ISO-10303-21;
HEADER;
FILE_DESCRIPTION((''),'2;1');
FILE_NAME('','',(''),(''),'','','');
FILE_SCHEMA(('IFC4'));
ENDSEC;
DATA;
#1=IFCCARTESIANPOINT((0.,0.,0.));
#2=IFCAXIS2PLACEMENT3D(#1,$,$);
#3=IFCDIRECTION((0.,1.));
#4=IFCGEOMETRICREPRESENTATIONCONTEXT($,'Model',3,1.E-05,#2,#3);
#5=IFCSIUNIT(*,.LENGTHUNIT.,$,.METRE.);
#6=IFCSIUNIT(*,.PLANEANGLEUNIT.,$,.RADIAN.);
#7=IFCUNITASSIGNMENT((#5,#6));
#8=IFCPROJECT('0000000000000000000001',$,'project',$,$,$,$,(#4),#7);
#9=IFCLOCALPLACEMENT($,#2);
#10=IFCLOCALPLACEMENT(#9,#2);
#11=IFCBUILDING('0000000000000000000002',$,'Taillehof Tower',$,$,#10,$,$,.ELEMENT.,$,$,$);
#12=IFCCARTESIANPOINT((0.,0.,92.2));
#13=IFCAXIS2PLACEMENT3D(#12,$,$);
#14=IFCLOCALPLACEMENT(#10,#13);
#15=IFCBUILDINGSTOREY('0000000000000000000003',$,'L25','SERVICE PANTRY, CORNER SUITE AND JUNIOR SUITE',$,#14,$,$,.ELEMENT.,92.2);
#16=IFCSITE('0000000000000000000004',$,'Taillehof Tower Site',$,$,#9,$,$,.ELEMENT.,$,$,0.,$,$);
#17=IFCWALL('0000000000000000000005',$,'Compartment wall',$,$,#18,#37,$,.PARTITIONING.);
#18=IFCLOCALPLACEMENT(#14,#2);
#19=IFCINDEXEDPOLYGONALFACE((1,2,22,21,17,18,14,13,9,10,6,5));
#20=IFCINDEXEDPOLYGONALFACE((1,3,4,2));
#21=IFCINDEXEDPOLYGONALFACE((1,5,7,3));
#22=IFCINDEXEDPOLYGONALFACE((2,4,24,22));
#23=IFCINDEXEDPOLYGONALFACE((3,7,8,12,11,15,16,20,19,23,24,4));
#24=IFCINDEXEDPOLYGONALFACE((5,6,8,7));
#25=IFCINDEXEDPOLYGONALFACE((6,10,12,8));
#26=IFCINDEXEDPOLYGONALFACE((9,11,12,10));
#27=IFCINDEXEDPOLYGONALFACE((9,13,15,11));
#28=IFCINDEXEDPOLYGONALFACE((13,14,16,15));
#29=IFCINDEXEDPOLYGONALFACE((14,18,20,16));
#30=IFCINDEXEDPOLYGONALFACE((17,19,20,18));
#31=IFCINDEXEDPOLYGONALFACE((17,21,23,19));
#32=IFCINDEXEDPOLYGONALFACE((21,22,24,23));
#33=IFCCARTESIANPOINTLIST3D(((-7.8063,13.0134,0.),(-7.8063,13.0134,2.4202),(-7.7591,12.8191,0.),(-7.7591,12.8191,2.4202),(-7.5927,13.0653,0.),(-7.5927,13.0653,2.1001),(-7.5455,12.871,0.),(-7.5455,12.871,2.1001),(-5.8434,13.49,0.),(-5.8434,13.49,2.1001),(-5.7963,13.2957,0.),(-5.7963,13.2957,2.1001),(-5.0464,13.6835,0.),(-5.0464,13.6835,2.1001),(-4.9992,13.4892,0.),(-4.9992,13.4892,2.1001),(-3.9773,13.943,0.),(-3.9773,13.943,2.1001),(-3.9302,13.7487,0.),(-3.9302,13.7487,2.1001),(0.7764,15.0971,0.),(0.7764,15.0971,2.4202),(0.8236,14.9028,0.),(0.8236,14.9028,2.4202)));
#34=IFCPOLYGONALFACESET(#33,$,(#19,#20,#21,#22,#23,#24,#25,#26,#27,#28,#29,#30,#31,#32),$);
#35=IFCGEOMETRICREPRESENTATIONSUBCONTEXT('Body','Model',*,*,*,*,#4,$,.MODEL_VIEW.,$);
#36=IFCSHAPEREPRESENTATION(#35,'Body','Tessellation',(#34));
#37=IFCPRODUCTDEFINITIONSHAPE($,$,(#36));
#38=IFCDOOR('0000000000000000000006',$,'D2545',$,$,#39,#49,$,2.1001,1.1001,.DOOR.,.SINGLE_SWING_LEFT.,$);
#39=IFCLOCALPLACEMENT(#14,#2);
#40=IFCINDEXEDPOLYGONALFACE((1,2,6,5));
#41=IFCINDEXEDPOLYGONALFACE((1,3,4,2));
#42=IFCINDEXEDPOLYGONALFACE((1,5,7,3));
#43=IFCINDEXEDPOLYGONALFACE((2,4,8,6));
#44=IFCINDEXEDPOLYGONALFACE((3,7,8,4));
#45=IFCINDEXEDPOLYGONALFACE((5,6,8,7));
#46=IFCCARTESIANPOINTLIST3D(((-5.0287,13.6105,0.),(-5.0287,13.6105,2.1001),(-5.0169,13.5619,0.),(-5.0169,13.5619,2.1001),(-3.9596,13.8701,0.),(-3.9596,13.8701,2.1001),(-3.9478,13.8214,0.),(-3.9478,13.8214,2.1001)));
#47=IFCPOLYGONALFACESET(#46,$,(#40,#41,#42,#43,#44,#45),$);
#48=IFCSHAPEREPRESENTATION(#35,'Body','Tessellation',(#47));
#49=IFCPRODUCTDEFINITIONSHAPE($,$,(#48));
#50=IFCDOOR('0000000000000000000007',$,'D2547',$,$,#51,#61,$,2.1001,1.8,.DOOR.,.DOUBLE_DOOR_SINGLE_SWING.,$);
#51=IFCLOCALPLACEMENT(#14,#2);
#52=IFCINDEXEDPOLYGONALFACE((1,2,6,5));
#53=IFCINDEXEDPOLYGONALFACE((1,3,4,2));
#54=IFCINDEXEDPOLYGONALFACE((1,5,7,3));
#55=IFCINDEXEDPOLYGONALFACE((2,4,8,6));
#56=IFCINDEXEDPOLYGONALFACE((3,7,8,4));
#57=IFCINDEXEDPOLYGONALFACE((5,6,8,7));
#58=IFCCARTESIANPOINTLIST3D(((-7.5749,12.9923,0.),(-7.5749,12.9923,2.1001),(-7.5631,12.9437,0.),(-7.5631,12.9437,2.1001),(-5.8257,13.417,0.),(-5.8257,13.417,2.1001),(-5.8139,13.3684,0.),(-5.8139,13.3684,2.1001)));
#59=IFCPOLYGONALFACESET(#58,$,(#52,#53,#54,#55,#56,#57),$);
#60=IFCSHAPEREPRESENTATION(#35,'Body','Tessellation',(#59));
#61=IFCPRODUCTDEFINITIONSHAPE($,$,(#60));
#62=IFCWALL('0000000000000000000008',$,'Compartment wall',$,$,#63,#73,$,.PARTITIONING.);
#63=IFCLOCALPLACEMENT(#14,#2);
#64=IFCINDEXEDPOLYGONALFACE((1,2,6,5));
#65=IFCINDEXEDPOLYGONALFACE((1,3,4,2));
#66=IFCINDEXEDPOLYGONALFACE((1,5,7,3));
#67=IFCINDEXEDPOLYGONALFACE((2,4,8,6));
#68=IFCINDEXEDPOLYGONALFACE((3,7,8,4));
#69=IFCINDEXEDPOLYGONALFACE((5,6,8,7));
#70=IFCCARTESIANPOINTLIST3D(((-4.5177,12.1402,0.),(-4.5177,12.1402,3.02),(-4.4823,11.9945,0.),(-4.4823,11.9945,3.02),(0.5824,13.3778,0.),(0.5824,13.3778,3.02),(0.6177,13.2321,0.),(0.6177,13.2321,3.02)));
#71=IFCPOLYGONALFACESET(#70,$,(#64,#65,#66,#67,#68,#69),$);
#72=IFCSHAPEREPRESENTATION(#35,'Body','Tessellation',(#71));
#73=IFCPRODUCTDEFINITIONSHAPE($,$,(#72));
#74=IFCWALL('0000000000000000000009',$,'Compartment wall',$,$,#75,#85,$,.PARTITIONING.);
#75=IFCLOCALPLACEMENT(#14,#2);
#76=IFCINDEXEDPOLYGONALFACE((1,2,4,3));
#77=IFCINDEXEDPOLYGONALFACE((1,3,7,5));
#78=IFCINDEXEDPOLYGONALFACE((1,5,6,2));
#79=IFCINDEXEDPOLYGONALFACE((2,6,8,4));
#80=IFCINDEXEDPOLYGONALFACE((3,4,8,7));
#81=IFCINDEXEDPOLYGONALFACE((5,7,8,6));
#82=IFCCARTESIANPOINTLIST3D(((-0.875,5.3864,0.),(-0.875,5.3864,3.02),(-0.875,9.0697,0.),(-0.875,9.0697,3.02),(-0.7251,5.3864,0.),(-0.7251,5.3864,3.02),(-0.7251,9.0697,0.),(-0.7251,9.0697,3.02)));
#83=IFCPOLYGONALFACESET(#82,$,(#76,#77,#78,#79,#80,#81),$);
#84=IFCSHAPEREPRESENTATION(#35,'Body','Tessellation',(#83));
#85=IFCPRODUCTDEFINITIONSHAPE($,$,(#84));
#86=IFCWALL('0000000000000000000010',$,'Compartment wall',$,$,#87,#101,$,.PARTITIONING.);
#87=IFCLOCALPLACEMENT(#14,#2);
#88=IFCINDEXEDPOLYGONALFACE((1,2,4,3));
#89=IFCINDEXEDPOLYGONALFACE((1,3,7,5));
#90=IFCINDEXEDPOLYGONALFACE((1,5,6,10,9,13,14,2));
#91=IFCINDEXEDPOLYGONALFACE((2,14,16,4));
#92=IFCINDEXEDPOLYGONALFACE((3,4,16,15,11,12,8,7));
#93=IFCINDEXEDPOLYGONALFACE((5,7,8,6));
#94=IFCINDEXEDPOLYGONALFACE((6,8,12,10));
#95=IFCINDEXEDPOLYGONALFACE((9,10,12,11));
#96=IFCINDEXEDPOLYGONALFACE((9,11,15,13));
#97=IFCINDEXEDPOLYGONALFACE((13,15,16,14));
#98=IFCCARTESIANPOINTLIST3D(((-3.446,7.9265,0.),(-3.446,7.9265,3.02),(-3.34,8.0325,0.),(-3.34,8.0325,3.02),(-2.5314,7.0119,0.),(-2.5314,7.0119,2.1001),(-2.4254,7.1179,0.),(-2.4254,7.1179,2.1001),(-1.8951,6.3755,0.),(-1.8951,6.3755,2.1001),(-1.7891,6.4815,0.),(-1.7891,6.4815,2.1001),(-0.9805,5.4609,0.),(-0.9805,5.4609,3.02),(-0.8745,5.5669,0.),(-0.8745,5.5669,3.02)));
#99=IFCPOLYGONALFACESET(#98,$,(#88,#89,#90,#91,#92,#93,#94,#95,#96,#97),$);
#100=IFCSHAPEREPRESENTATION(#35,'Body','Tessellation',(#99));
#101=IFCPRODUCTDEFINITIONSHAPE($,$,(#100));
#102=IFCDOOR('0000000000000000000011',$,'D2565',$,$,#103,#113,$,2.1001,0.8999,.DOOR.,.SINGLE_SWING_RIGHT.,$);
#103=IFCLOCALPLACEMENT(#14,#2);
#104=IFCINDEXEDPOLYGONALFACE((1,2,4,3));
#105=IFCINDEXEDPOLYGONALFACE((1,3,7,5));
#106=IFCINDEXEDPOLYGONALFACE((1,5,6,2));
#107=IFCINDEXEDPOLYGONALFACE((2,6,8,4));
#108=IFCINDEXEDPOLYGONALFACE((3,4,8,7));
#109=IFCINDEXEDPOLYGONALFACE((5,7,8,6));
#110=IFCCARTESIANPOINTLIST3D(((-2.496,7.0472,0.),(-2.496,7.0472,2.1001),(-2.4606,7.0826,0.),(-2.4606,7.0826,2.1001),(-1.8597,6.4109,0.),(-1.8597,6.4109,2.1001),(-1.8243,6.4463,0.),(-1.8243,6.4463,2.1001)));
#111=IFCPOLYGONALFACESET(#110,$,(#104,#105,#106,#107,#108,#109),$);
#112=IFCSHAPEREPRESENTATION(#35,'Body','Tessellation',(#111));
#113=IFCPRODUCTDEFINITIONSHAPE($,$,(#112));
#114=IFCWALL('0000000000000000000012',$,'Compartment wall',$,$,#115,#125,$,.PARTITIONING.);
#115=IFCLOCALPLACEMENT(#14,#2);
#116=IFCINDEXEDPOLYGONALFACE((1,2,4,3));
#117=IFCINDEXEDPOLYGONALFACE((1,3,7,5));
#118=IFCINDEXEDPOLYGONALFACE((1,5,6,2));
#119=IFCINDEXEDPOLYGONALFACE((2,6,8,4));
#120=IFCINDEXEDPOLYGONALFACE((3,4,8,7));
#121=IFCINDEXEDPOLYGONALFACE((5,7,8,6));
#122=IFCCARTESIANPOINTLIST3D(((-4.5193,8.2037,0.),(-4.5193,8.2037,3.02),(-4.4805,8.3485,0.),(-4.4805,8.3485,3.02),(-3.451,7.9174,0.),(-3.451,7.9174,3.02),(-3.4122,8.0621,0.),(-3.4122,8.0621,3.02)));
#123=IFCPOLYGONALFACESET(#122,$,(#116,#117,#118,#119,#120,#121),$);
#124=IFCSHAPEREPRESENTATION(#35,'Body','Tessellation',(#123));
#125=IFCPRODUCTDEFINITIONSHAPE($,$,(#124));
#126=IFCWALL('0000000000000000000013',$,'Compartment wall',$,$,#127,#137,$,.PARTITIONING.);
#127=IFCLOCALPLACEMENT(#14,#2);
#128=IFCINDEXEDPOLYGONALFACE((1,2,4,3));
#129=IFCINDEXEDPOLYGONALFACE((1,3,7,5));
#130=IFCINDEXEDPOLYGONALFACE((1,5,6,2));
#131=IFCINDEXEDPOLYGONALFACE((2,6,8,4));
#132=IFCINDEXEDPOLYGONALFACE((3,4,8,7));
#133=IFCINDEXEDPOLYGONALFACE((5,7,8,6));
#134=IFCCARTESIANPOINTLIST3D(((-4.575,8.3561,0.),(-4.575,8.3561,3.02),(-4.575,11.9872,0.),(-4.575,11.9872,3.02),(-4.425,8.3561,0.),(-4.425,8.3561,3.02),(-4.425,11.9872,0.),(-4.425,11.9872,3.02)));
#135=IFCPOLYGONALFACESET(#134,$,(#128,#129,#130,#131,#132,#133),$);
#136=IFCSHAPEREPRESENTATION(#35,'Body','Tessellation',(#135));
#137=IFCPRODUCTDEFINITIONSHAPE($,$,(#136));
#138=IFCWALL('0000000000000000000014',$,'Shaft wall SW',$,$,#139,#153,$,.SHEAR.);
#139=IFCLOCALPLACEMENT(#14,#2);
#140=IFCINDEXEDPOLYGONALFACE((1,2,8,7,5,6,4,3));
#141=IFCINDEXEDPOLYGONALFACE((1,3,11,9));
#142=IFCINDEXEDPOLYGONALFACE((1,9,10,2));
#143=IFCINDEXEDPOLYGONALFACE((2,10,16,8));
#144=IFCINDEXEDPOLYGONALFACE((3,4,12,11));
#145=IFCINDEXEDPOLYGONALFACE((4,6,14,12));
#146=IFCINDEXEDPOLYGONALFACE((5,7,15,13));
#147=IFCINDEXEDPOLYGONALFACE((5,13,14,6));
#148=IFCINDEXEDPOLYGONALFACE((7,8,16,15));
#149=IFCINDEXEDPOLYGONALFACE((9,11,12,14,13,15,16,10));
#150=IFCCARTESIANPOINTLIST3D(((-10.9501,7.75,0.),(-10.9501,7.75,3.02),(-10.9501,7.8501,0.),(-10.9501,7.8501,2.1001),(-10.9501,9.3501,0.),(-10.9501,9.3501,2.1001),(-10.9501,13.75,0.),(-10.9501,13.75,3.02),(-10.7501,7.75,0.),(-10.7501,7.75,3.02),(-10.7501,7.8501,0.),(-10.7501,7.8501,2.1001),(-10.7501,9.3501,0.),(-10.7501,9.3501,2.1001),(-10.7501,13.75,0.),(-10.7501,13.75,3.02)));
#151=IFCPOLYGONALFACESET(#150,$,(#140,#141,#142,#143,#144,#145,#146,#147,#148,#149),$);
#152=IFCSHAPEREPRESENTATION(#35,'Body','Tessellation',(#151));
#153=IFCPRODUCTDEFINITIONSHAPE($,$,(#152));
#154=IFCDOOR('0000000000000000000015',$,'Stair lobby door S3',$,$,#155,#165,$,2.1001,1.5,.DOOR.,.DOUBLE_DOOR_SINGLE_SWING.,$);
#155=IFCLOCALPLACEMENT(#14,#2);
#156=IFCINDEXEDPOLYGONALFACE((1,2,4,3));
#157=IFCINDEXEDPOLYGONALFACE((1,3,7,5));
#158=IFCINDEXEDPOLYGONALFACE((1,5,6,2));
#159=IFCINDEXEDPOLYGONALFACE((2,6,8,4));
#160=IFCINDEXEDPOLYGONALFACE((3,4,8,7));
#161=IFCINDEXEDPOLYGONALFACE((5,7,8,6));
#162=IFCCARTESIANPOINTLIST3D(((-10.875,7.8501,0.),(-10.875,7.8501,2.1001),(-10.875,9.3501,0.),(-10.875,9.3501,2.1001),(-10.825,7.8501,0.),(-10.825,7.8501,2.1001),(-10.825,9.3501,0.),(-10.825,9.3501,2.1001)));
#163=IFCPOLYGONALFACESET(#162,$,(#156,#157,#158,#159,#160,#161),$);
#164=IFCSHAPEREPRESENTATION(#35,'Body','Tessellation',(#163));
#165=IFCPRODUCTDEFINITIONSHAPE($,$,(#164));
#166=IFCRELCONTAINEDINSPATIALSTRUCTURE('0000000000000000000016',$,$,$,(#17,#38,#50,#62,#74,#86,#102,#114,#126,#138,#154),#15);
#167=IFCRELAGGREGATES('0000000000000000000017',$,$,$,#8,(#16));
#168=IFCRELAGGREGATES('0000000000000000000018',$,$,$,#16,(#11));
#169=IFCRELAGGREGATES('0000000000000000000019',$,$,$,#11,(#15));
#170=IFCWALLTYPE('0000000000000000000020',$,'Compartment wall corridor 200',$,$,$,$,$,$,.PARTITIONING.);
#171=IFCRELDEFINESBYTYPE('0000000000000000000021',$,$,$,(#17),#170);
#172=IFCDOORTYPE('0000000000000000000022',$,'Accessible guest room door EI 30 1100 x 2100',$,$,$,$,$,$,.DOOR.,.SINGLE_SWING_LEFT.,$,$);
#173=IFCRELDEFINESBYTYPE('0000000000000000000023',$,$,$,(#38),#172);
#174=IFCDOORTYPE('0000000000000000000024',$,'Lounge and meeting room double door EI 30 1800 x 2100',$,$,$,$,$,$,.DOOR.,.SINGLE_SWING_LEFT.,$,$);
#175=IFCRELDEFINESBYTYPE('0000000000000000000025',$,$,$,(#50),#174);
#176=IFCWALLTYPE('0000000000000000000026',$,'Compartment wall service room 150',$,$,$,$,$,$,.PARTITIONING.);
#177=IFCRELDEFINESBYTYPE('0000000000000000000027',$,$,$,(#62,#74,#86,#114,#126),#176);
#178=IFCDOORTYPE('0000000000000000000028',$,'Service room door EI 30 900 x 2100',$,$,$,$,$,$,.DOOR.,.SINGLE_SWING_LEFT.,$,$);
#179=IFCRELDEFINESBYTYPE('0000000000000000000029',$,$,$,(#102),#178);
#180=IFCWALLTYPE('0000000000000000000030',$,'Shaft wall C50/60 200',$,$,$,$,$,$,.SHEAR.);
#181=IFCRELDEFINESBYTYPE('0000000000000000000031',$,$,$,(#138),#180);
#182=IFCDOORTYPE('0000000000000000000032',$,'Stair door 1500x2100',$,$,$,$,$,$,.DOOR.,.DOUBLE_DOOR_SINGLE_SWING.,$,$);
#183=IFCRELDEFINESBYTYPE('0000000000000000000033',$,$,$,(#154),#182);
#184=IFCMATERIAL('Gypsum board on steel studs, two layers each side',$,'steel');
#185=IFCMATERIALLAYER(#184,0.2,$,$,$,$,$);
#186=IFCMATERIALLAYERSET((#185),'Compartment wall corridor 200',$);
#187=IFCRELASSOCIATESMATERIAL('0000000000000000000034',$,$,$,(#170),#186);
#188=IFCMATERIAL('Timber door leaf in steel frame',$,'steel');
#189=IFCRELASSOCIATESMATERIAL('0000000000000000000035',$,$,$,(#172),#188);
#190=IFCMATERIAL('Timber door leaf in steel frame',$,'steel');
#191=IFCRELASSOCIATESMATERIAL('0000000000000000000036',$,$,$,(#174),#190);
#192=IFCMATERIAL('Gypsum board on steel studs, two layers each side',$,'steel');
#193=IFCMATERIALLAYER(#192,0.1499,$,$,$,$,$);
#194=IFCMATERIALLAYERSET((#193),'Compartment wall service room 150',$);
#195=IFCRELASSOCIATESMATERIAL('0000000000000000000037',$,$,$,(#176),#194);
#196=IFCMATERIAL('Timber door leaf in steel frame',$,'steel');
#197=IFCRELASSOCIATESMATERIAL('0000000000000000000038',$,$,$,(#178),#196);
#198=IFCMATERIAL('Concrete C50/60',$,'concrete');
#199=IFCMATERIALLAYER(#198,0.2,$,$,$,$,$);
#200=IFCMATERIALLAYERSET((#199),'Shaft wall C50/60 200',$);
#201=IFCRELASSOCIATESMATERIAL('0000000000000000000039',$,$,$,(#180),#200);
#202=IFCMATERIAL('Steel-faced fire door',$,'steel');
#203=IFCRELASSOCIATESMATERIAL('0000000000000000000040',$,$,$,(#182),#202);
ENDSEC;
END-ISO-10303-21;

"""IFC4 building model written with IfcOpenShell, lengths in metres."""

from ifc_helpers import new_model, si_unit, direction, frame, frame_2d, origin, place, context, subcontext, project, spatial, rectangle, extrude, material, layer, layer_set, type_object, element, fill, save


model = new_model("IFC4")

# Units and contexts
model_context = context("Model", 3, precision=1e-05, world=origin(), true_north=direction((0.0, 1.0)))
body_context = subcontext(model_context, "Body", "Model", "MODEL_VIEW")
ifc_project = project(units=[si_unit("LENGTHUNIT", "METRE"), si_unit("PLANEANGLEUNIT", "RADIAN")], contexts=[model_context])

# Site, building, storey
site_placement = place(None, origin())
site = spatial("IfcSite", under=ifc_project, at=site_placement, Name="Taillehof Tower Site", CompositionType="ELEMENT", RefElevation=0.0)
building_placement = place(site_placement, origin())
building = spatial("IfcBuilding", under=site, at=building_placement, Name="Taillehof Tower", CompositionType="ELEMENT")
storey_placement = place(building_placement, frame((0.0, 0.0, 92.2)))
storey = spatial("IfcBuildingStorey", under=building, at=storey_placement, Name="L25", Description="SERVICE PANTRY, CORNER SUITE AND JUNIOR SUITE", CompositionType="ELEMENT", Elevation=92.2)

# Shared definitions
ifc_material_1 = material(Name="Gypsum board on steel studs, two layers each side", Category="steel")
ifc_layer_1 = layer(ifc_material_1, 0.2)
ifc_layer_set_1 = layer_set([ifc_layer_1], Name="Compartment wall corridor 200")
wall_type_1 = type_object("IfcWallType", Name="Compartment wall corridor 200", PredefinedType="PARTITIONING", material=ifc_layer_set_1)

# Wall, openings, doors
wall_1_placement = place(storey_placement, frame((-7.7827, 12.9163, 0.0), z_axis=(0.0, 0.0, 1.0), x_axis=(0.97177, 0.235928, 0.0)))
wall_1 = element("IfcWall", 1, at=wall_1_placement, inside=storey, type_object=wall_type_1, Name="Compartment wall", PredefinedType="PARTITIONING", context=body_context, shape_type="SweptSolid", body=[
    extrude(rectangle(XDim=8.832, YDim=0.2, at=frame_2d((4.416, 0.0))), origin(), (0.0, 0.0, 1.0), 2.4202),
])
opening_1_placement = place(wall_1_placement, frame((2.8401, 0.0, 0.0)))
opening_1 = element("IfcOpeningElement", 2, at=opening_1_placement, cuts=wall_1, PredefinedType="OPENING", context=body_context, shape_type="SweptSolid", body=[
    extrude(rectangle(XDim=1.1001, YDim=2.1001, at=frame_2d((0.55, 1.05))), frame((0.0, 0.1099, 0.0), z_axis=(0.0, -1.0, 0.0), x_axis=(1.0, 0.0, 0.0)), (0.0, 0.0, 1.0), 0.22),
])
opening_2_placement = place(wall_1_placement, frame((0.22, 0.0, 0.0)))
opening_2 = element("IfcOpeningElement", 3, at=opening_2_placement, cuts=wall_1, PredefinedType="OPENING", context=body_context, shape_type="SweptSolid", body=[
    extrude(rectangle(XDim=1.8, YDim=2.1001, at=frame_2d((0.8999, 1.05))), frame((0.0, 0.1099, 0.0), z_axis=(0.0, -1.0, 0.0), x_axis=(1.0, 0.0, 0.0)), (0.0, 0.0, 1.0), 0.22),
])
ifc_material_2 = material(Name="Timber door leaf in steel frame", Category="steel")
door_type_1 = type_object("IfcDoorType", Name="Accessible guest room door EI 30 1100 x 2100", OperationType="SINGLE_SWING_LEFT", PredefinedType="DOOR", material=ifc_material_2)
door_1_placement = place(opening_1_placement, origin())
door_1 = element("IfcDoor", 4, at=door_1_placement, inside=storey, type_object=door_type_1, Name="D2545", OperationType="SINGLE_SWING_LEFT", OverallHeight=2.1001, OverallWidth=1.1001, PredefinedType="DOOR", context=body_context, shape_type="SweptSolid", body=[
    extrude(rectangle(XDim=1.1001, YDim=2.1001, at=frame_2d((0.55, 1.05))), frame((0.0, 0.0249, 0.0), z_axis=(0.0, -1.0, 0.0), x_axis=(1.0, 0.0, 0.0)), (0.0, 0.0, 1.0), 0.05),
])
fill(opening_1, door_1)
ifc_material_3 = material(Name="Timber door leaf in steel frame", Category="steel")
door_type_2 = type_object("IfcDoorType", Name="Lounge and meeting room double door EI 30 1800 x 2100", OperationType="SINGLE_SWING_LEFT", PredefinedType="DOOR", material=ifc_material_3)
door_2_placement = place(opening_2_placement, origin())
door_2 = element("IfcDoor", 5, at=door_2_placement, inside=storey, type_object=door_type_2, Name="D2547", OperationType="DOUBLE_DOOR_SINGLE_SWING", OverallHeight=2.1001, OverallWidth=1.8, PredefinedType="DOOR", context=body_context, shape_type="SweptSolid", body=[
    extrude(rectangle(XDim=1.8, YDim=2.1001, at=frame_2d((0.8999, 1.05))), frame((0.0, 0.0249, 0.0), z_axis=(0.0, -1.0, 0.0), x_axis=(1.0, 0.0, 0.0)), (0.0, 0.0, 1.0), 0.05),
])
fill(opening_2, door_2)

# Walls
ifc_material_4 = material(Name="Gypsum board on steel studs, two layers each side", Category="steel")
ifc_layer_2 = layer(ifc_material_4, 0.1499)
ifc_layer_set_2 = layer_set([ifc_layer_2], Name="Compartment wall service room 150")
wall_type_2 = type_object("IfcWallType", Name="Compartment wall service room 150", PredefinedType="PARTITIONING", material=ifc_layer_set_2)
wall_2_placement = place(storey_placement, frame((-4.5, 12.0674, 0.0), z_axis=(0.0, 0.0, 1.0), x_axis=(0.971799, 0.235809, 0.0)))
element("IfcWall", 6, at=wall_2_placement, inside=storey, type_object=wall_type_2, Name="Compartment wall", PredefinedType="PARTITIONING", context=body_context, shape_type="SweptSolid", body=[
    extrude(rectangle(XDim=5.248, YDim=0.1499, at=frame_2d((2.624, 0.0))), origin(), (0.0, 0.0, 1.0), 3.02),
])
wall_3_placement = place(storey_placement, frame((-0.8, 9.0698, 0.0), z_axis=(0.0, 0.0, 1.0), x_axis=(0.0, -1.0, 0.0)))
element("IfcWall", 7, at=wall_3_placement, inside=storey, type_object=wall_type_2, Name="Compartment wall", PredefinedType="PARTITIONING", context=body_context, shape_type="SweptSolid", body=[
    extrude(rectangle(XDim=3.6833, YDim=0.1499, at=frame_2d((1.8418, 0.0))), origin(), (0.0, 0.0, 1.0), 3.02),
])

# Wall, opening, door
wall_4_placement = place(storey_placement, frame((-0.9275, 5.5139, 0.0), z_axis=(0.0, 0.0, 1.0), x_axis=(-0.707107, 0.707107, 0.0)))
wall_4 = element("IfcWall", 8, at=wall_4_placement, inside=storey, type_object=wall_type_2, Name="Compartment wall", PredefinedType="PARTITIONING", context=body_context, shape_type="SweptSolid", body=[
    extrude(rectangle(XDim=3.4868, YDim=0.1499, at=frame_2d((1.7434, 0.0))), origin(), (0.0, 0.0, 1.0), 3.02),
])
opening_3_placement = place(wall_4_placement, frame((1.2935, 0.0, 0.0)))
opening_3 = element("IfcOpeningElement", 9, at=opening_3_placement, cuts=wall_4, PredefinedType="OPENING", context=body_context, shape_type="SweptSolid", body=[
    extrude(rectangle(XDim=0.8999, YDim=2.1001, at=frame_2d((0.45, 1.05))), frame((0.0, 0.085, 0.0), z_axis=(0.0, -1.0, 0.0), x_axis=(1.0, 0.0, 0.0)), (0.0, 0.0, 1.0), 0.1699),
])
ifc_material_5 = material(Name="Timber door leaf in steel frame", Category="steel")
door_type_3 = type_object("IfcDoorType", Name="Service room door EI 30 900 x 2100", OperationType="SINGLE_SWING_LEFT", PredefinedType="DOOR", material=ifc_material_5)
door_3_placement = place(opening_3_placement, origin())
door_3 = element("IfcDoor", 10, at=door_3_placement, inside=storey, type_object=door_type_3, Name="D2565", OperationType="SINGLE_SWING_RIGHT", OverallHeight=2.1001, OverallWidth=0.8999, PredefinedType="DOOR", context=body_context, shape_type="SweptSolid", body=[
    extrude(rectangle(XDim=0.8999, YDim=2.1001, at=frame_2d((0.45, 1.05))), frame((0.0, 0.0249, 0.0), z_axis=(0.0, -1.0, 0.0), x_axis=(1.0, 0.0, 0.0)), (0.0, 0.0, 1.0), 0.05),
])
fill(opening_3, door_3)

# Walls
wall_5_placement = place(storey_placement, frame((-3.4316, 7.9897, 0.0), z_axis=(0.0, 0.0, 1.0), x_axis=(-0.965901, 0.258913, 0.0)))
element("IfcWall", 11, at=wall_5_placement, inside=storey, type_object=wall_type_2, Name="Compartment wall", PredefinedType="PARTITIONING", context=body_context, shape_type="SweptSolid", body=[
    extrude(rectangle(XDim=1.106, YDim=0.1499, at=frame_2d((0.553, 0.0))), origin(), (0.0, 0.0, 1.0), 3.02),
])
wall_6_placement = place(storey_placement, frame((-4.5, 8.3562, 0.0), z_axis=(0.0, 0.0, 1.0), x_axis=(0.0, 1.0, 0.0)))
element("IfcWall", 12, at=wall_6_placement, inside=storey, type_object=wall_type_2, Name="Compartment wall", PredefinedType="PARTITIONING", context=body_context, shape_type="SweptSolid", body=[
    extrude(rectangle(XDim=3.6311, YDim=0.1499, at=frame_2d((1.8154, 0.0))), origin(), (0.0, 0.0, 1.0), 3.02),
])

# Wall, opening, door
ifc_material_6 = material(Name="Concrete C50/60", Category="concrete")
ifc_layer_3 = layer(ifc_material_6, 0.2)
ifc_layer_set_3 = layer_set([ifc_layer_3], Name="Shaft wall C50/60 200")
wall_type_3 = type_object("IfcWallType", Name="Shaft wall C50/60 200", PredefinedType="SHEAR", material=ifc_layer_set_3)
wall_7_placement = place(storey_placement, frame((-10.8501, 7.75, 0.0), z_axis=(0.0, 0.0, 1.0), x_axis=(0.0, 1.0, 0.0)))
wall_7 = element("IfcWall", 13, at=wall_7_placement, inside=storey, type_object=wall_type_3, Name="Shaft wall SW", PredefinedType="SHEAR", context=body_context, shape_type="SweptSolid", body=[
    extrude(rectangle(XDim=6.0, YDim=0.2, at=frame_2d((3.0, 0.0))), origin(), (0.0, 0.0, 1.0), 3.02),
])
opening_4_placement = place(wall_7_placement, frame((0.1001, 0.0, 0.0)))
opening_4 = element("IfcOpeningElement", 14, at=opening_4_placement, cuts=wall_7, PredefinedType="OPENING", context=body_context, shape_type="SweptSolid", body=[
    extrude(rectangle(XDim=1.5, YDim=2.1001, at=frame_2d((0.75, 1.05))), frame((0.0, 0.1099, 0.0), z_axis=(0.0, -1.0, 0.0), x_axis=(1.0, 0.0, 0.0)), (0.0, 0.0, 1.0), 0.22),
])
ifc_material_7 = material(Name="Steel-faced fire door", Category="steel")
door_type_4 = type_object("IfcDoorType", Name="Stair door 1500x2100", OperationType="DOUBLE_DOOR_SINGLE_SWING", PredefinedType="DOOR", material=ifc_material_7)
door_4_placement = place(opening_4_placement, origin())
door_4 = element("IfcDoor", 15, at=door_4_placement, inside=storey, type_object=door_type_4, Name="Stair lobby door S3", OperationType="DOUBLE_DOOR_SINGLE_SWING", OverallHeight=2.1001, OverallWidth=1.5, PredefinedType="DOOR", context=body_context, shape_type="SweptSolid", body=[
    extrude(rectangle(XDim=1.5, YDim=2.1001, at=frame_2d((0.75, 1.05))), frame((0.0, 0.0249, 0.0), z_axis=(0.0, -1.0, 0.0), x_axis=(1.0, 0.0, 0.0)), (0.0, 0.0, 1.0), 0.05),
])
fill(opening_4, door_4)

save(model, "model.ifc")
